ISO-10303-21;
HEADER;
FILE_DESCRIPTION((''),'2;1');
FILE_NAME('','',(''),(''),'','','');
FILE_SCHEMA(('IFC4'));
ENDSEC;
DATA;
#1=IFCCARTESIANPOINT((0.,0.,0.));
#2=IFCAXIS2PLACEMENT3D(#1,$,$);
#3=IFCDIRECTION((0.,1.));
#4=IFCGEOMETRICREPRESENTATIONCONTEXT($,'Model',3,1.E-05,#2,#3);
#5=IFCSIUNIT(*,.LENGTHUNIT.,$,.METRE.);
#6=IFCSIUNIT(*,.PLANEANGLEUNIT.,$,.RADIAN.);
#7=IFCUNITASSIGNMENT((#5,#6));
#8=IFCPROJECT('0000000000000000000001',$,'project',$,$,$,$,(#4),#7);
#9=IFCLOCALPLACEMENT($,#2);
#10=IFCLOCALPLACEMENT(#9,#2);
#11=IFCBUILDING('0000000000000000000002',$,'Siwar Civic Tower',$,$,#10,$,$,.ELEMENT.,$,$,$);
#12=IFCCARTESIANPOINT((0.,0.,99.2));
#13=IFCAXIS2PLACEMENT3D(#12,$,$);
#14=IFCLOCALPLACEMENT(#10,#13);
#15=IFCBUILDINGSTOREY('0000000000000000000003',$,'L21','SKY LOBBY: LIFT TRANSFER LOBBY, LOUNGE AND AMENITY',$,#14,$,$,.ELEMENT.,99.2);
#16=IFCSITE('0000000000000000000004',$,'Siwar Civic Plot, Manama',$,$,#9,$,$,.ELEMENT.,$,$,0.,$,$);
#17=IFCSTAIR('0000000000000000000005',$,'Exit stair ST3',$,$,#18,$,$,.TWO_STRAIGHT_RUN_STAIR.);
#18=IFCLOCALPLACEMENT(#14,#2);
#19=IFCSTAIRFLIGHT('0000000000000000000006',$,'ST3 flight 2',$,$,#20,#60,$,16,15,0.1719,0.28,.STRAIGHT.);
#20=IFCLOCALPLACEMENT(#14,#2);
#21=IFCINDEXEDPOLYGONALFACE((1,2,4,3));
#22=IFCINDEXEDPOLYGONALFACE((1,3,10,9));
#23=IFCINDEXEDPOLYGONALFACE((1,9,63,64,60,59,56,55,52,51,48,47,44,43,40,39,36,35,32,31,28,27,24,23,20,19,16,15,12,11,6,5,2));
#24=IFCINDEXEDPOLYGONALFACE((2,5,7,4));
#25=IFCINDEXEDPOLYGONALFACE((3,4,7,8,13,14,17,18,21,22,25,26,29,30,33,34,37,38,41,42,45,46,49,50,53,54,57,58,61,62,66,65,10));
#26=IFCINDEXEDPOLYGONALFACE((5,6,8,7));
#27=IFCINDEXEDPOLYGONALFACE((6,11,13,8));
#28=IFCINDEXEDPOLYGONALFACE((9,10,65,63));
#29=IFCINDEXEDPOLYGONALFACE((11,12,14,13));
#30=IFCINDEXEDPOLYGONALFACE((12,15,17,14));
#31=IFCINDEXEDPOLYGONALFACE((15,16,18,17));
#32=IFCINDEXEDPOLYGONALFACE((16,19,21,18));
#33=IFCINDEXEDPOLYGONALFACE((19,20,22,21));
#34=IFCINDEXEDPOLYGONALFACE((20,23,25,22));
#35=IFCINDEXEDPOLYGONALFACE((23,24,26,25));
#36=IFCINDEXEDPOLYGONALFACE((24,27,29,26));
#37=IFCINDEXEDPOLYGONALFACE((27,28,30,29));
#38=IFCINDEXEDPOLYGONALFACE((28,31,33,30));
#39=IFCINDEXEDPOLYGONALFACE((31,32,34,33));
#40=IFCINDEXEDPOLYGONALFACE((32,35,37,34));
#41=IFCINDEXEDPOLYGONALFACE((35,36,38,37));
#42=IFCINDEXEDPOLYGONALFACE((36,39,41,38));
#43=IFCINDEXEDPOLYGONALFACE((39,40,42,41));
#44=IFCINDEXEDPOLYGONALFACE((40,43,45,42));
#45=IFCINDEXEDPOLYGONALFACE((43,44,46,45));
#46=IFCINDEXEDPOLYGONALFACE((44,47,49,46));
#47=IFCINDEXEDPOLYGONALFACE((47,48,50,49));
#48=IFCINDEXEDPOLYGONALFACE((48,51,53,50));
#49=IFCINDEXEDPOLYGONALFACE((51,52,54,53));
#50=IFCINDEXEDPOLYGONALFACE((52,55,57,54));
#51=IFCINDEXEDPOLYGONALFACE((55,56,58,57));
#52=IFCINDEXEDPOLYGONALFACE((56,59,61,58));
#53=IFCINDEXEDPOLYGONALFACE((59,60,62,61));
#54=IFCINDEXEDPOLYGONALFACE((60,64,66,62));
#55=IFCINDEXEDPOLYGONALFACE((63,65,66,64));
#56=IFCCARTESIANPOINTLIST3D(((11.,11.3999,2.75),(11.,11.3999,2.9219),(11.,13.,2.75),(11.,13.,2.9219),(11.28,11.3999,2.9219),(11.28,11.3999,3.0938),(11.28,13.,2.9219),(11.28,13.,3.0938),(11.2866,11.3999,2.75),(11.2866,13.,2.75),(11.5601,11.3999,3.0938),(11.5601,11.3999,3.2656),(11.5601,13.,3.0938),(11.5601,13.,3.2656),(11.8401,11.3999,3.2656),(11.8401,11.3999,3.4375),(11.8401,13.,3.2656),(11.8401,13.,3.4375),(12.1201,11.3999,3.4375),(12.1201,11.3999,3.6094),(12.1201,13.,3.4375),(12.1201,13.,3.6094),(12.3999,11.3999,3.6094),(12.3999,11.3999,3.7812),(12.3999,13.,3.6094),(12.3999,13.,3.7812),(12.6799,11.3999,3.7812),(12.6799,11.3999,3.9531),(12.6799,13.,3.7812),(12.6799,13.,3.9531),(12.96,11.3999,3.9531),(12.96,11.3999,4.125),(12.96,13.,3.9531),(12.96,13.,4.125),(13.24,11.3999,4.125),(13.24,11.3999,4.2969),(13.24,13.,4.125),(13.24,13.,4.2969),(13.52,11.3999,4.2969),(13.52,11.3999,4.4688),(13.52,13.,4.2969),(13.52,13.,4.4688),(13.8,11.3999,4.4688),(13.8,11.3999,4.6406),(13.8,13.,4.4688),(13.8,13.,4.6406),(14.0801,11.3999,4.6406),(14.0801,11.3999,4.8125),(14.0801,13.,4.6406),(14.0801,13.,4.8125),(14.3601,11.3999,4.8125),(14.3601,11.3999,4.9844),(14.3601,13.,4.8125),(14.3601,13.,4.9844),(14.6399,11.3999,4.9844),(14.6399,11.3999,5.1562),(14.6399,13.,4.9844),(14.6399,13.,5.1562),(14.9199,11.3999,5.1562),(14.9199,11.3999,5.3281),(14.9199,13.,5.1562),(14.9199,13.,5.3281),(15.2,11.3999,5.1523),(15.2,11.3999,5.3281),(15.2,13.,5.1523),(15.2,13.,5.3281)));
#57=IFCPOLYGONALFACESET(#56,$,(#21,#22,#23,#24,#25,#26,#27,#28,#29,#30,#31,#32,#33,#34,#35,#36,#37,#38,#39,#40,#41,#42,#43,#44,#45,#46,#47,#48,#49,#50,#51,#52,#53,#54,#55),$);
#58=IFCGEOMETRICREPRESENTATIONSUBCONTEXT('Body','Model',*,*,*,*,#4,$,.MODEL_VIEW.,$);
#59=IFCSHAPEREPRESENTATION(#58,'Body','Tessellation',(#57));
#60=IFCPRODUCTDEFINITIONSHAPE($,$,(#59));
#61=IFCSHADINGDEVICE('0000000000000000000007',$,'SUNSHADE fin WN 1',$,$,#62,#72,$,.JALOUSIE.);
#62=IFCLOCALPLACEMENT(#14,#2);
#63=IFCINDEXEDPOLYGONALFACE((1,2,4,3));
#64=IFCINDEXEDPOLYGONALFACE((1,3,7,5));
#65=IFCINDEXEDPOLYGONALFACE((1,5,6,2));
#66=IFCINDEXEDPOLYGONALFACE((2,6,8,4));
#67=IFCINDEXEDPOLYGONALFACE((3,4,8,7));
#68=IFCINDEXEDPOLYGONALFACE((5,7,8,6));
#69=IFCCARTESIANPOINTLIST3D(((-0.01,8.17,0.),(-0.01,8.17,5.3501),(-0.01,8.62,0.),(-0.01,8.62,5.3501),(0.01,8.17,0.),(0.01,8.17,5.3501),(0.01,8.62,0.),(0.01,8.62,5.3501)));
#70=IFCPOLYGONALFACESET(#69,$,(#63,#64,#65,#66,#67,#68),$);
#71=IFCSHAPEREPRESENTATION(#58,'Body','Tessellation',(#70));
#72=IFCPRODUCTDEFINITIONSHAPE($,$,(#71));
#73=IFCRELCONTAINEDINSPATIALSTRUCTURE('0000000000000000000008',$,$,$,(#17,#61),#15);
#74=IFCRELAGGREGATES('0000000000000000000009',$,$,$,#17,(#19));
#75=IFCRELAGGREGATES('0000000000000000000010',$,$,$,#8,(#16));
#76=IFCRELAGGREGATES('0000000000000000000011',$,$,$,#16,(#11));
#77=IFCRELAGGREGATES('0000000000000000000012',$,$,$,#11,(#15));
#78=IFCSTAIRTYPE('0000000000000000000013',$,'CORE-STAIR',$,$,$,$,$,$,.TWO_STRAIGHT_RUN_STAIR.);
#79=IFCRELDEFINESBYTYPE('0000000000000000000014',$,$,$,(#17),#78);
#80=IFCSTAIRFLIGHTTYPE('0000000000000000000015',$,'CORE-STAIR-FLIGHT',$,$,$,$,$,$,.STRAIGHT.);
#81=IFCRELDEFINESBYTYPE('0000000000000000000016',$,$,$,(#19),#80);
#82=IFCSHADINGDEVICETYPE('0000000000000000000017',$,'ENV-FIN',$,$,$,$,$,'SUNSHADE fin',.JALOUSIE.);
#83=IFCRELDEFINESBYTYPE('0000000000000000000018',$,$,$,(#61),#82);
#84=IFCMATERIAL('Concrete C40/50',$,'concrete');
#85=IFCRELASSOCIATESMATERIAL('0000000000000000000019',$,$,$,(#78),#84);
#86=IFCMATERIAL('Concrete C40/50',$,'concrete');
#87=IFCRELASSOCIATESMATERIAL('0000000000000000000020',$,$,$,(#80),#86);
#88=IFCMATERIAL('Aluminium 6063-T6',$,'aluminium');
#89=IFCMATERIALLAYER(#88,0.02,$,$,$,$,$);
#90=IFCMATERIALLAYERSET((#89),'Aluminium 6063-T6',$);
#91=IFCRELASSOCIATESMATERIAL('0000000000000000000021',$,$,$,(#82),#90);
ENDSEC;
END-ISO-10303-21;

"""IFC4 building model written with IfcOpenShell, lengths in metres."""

from ifc_helpers import new_model, si_unit, direction, frame, origin, origin_2d, place, context, subcontext, project, spatial, polyline, rectangle, outline, extrude, material, layer, layer_set, type_object, element, aggregate, save


model = new_model("IFC4")

# Units and contexts
model_context = context("Model", 3, precision=1e-05, world=origin(), true_north=direction((0.0, 1.0)))
body_context = subcontext(model_context, "Body", "Model", "MODEL_VIEW")
ifc_project = project(units=[si_unit("LENGTHUNIT", "METRE"), si_unit("PLANEANGLEUNIT", "RADIAN")], contexts=[model_context])

# Site, building, storey
site_placement = place(None, origin())
site = spatial("IfcSite", under=ifc_project, at=site_placement, Name="Siwar Civic Plot, Manama", CompositionType="ELEMENT", RefElevation=0.0)
building_placement = place(site_placement, origin())
building = spatial("IfcBuilding", under=site, at=building_placement, Name="Siwar Civic Tower", CompositionType="ELEMENT")
storey_placement = place(building_placement, frame((0.0, 0.0, 99.2)))
storey = spatial("IfcBuildingStorey", under=building, at=storey_placement, Name="L21", Description="SKY LOBBY: LIFT TRANSFER LOBBY, LOUNGE AND AMENITY", CompositionType="ELEMENT", Elevation=99.2)

# Shared definitions
ifc_material_1 = material(Name="Concrete C40/50", Category="concrete")
stair_type = type_object("IfcStairType", Name="CORE-STAIR", PredefinedType="TWO_STRAIGHT_RUN_STAIR", material=ifc_material_1)

# Stair, stair flight
stair_1_placement = place(storey_placement, origin())
stair_1 = element("IfcStair", 1, at=stair_1_placement, inside=storey, type_object=stair_type, Name="Exit stair ST3", PredefinedType="TWO_STRAIGHT_RUN_STAIR")
ifc_material_2 = material(Name="Concrete C40/50", Category="concrete")
stair_flight_type = type_object("IfcStairFlightType", Name="CORE-STAIR-FLIGHT", PredefinedType="STRAIGHT", material=ifc_material_2)
stair_flight_placement = place(storey_placement, frame((11.0, 12.2, 2.75), z_axis=(0.0, 0.0, 1.0), x_axis=(1.0, 0.0, 0.0)))
stair_flight = element("IfcStairFlight", 2, at=stair_flight_placement, type_object=stair_flight_type, Name="ST3 flight 2", NumberOfRisers=16, NumberOfTreads=15, PredefinedType="STRAIGHT", RiserHeight=0.1719, TreadLength=0.28, context=body_context, shape_type="SweptSolid", body=[
    extrude(outline(polyline([(0.0, 0.0), (0.0, 0.1719), (0.28, 0.1719), (0.28, 0.3438), (0.5601, 0.3438), (0.5601, 0.5156), (0.8401, 0.5156), (0.8401, 0.6875), (1.1201, 0.6875), (1.1201, 0.8594), (1.3999, 0.8594), (1.3999, 1.0312), (1.6799, 1.0312), (1.6799, 1.2031), (1.96, 1.2031), (1.96, 1.375), (2.24, 1.375), (2.24, 1.5469), (2.52, 1.5469), (2.52, 1.7188), (2.8, 1.7188), (2.8, 1.8906), (3.0801, 1.8906), (3.0801, 2.0625), (3.3601, 2.0625), (3.3601, 2.2344), (3.6399, 2.2344), (3.6399, 2.4062), (3.9199, 2.4062), (3.9199, 2.5781), (4.2, 2.5781), (4.2, 2.75), (4.2, 2.4023), (0.2866, 0.0), (0.0, 0.0)])), frame((0.0, 0.8, 0.0), z_axis=(0.0, -1.0, 0.0), x_axis=(1.0, 0.0, 0.0)), (0.0, 0.0, 1.0), 1.6001),
])
aggregate(stair_1, [stair_flight])

# Shading device
ifc_material_3 = material(Name="Aluminium 6063-T6", Category="aluminium")
ifc_layer_1 = layer(ifc_material_3, 0.02)
ifc_layer_set_1 = layer_set([ifc_layer_1], Name="Aluminium 6063-T6")
shading_device_type = type_object("IfcShadingDeviceType", Name="ENV-FIN", ElementType="SUNSHADE fin", PredefinedType="JALOUSIE", material=ifc_layer_set_1)
shading_device_placement = place(storey_placement, frame((0.0, 8.395, 0.0), z_axis=(0.0, 0.0, 1.0), x_axis=(-1.0, 0.0, 0.0)))
element("IfcShadingDevice", 3, at=shading_device_placement, inside=storey, type_object=shading_device_type, Name="SUNSHADE fin WN 1", PredefinedType="JALOUSIE", context=body_context, shape_type="SweptSolid", body=[
    extrude(rectangle(XDim=0.02, YDim=0.45, at=origin_2d()), origin(), (0.0, 0.0, 1.0), 5.3501),
])

save(model, "model.ifc")
